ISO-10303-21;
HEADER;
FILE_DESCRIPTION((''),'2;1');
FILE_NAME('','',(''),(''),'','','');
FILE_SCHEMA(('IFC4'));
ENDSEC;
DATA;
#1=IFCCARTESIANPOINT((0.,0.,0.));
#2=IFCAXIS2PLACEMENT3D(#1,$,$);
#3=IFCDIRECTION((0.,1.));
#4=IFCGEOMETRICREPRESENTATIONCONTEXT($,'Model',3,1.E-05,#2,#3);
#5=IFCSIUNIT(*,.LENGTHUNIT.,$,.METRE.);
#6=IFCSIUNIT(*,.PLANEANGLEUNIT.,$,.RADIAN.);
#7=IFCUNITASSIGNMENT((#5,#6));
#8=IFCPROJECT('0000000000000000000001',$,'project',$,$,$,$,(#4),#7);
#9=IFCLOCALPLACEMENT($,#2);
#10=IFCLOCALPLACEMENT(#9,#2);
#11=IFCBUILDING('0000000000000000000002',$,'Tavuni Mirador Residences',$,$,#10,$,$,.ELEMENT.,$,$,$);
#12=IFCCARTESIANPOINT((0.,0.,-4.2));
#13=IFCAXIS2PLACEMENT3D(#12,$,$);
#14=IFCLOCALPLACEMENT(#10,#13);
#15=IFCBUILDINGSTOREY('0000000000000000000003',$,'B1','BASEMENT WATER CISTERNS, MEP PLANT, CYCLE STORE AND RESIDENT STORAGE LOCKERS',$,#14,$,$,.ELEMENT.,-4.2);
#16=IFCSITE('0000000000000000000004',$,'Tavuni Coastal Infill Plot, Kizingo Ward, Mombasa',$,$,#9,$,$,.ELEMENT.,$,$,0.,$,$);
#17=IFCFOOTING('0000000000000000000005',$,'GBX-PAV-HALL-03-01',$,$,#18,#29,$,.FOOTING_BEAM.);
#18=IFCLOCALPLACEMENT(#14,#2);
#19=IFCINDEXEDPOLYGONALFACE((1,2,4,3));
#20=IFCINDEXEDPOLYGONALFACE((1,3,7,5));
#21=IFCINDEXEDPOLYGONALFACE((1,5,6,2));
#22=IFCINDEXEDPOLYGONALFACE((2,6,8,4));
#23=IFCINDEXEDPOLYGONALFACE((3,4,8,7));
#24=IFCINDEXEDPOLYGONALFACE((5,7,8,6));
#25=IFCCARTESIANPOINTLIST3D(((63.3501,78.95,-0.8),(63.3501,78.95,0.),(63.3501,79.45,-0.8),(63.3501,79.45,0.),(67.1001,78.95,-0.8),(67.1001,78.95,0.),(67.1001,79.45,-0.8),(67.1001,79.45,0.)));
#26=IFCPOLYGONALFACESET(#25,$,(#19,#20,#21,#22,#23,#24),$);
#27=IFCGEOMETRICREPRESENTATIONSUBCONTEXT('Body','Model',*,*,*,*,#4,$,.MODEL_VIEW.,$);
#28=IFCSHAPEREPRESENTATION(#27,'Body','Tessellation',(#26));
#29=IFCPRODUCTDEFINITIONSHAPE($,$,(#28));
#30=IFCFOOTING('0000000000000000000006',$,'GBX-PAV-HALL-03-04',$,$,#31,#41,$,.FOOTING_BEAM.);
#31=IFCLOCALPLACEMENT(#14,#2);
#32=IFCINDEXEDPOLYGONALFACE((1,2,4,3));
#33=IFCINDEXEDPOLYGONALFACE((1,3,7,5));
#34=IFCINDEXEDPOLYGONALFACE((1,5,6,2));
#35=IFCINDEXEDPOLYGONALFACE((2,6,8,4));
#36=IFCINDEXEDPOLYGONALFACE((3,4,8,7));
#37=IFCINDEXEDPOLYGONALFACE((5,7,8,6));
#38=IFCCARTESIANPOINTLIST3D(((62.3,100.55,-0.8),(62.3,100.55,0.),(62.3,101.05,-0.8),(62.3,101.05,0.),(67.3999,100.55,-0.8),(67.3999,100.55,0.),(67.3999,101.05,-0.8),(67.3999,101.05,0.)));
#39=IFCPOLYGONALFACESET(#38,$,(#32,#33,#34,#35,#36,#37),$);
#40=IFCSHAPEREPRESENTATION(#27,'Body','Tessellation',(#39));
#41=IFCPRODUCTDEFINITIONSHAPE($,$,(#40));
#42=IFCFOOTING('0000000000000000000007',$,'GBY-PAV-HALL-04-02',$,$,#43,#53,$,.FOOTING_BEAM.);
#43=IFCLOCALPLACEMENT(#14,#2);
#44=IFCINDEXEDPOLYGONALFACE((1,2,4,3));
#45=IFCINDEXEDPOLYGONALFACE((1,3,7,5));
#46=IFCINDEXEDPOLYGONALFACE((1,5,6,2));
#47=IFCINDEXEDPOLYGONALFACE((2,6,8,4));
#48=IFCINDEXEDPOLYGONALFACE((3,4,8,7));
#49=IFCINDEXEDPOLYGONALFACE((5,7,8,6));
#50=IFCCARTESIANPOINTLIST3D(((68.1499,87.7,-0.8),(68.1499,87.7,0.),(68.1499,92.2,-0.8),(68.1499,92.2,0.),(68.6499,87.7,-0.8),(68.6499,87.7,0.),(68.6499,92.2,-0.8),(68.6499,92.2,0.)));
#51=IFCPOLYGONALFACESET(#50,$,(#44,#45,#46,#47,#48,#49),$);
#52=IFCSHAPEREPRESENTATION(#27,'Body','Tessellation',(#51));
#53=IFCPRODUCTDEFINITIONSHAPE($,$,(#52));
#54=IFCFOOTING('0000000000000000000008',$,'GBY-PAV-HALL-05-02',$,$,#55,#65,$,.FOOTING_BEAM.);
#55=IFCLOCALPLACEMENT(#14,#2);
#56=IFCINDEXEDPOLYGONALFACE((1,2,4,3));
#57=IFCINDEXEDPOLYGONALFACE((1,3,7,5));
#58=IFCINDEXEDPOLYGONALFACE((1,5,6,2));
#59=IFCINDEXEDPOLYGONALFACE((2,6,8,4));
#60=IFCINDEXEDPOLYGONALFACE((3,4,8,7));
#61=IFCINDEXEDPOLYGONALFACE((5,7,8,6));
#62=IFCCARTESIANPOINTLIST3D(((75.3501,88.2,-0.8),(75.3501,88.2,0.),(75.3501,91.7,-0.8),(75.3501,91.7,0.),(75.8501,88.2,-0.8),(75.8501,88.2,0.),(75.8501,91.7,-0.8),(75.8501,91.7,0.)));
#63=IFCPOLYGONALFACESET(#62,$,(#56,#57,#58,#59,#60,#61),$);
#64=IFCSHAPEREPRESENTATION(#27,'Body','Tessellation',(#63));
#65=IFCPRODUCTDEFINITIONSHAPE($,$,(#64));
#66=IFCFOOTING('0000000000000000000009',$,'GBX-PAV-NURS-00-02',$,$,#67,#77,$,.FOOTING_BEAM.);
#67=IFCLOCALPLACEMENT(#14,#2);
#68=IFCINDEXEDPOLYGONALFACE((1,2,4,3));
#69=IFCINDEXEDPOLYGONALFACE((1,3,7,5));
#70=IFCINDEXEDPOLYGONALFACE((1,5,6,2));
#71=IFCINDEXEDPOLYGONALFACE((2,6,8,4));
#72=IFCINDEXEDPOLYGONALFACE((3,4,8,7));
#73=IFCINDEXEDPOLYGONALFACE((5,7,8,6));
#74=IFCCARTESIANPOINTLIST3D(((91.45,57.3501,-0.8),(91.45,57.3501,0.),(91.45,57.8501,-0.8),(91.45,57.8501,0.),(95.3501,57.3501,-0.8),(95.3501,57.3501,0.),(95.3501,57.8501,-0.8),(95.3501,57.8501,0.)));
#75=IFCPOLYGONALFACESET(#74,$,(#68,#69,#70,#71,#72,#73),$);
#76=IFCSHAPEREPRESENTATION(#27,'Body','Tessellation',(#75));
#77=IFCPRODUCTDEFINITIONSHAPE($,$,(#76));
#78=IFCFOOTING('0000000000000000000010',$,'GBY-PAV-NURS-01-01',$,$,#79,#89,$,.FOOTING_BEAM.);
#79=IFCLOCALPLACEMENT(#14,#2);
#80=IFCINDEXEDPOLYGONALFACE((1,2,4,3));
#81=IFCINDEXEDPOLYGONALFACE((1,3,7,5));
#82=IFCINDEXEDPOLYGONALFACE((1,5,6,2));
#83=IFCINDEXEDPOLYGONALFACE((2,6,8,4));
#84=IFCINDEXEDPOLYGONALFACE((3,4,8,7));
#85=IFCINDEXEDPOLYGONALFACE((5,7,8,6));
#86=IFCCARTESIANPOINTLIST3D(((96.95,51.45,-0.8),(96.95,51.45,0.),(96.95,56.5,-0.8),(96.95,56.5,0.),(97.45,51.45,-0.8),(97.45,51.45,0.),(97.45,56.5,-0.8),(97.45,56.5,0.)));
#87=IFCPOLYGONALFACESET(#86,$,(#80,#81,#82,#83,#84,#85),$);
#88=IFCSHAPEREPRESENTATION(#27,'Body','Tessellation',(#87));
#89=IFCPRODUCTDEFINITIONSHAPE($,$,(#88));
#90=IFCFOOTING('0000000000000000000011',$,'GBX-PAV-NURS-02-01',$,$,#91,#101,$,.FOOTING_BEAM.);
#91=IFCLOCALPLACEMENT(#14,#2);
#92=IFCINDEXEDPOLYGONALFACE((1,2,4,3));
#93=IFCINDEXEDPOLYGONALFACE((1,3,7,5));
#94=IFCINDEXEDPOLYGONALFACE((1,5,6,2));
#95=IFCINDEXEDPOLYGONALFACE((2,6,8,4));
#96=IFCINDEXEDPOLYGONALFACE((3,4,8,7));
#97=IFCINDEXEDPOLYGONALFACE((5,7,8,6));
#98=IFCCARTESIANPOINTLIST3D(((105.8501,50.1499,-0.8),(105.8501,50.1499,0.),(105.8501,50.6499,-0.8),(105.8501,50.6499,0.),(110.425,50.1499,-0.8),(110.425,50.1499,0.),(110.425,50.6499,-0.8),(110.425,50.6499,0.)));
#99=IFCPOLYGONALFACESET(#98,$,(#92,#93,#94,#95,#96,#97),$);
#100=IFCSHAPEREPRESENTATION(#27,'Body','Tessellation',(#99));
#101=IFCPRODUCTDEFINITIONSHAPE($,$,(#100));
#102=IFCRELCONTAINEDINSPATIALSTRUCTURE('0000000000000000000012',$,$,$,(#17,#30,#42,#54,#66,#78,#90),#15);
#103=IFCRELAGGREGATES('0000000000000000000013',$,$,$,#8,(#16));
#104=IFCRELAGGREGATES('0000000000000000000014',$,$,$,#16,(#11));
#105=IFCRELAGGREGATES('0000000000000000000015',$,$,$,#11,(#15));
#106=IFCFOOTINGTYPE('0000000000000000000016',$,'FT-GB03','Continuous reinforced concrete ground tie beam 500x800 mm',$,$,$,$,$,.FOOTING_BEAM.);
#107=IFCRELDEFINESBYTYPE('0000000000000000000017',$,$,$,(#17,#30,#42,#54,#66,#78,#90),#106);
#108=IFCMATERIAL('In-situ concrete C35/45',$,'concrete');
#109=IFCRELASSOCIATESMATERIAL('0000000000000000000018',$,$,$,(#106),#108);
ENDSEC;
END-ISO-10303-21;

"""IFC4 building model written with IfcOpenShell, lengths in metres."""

from ifc_helpers import new_model, si_unit, direction, frame, origin, place, context, subcontext, project, spatial, polyline, outline, extrude, material, type_object, element, save


model = new_model("IFC4")

# Units and contexts
model_context = context("Model", 3, precision=1e-05, world=origin(), true_north=direction((0.0, 1.0)))
body_context = subcontext(model_context, "Body", "Model", "MODEL_VIEW")
ifc_project = project(units=[si_unit("LENGTHUNIT", "METRE"), si_unit("PLANEANGLEUNIT", "RADIAN")], contexts=[model_context])

# Site, building, storey
site_placement = place(None, origin())
site = spatial("IfcSite", under=ifc_project, at=site_placement, Name="Tavuni Coastal Infill Plot, Kizingo Ward, Mombasa", CompositionType="ELEMENT", RefElevation=0.0)
building_placement = place(site_placement, origin())
building = spatial("IfcBuilding", under=site, at=building_placement, Name="Tavuni Mirador Residences", CompositionType="ELEMENT")
storey_placement = place(building_placement, frame((0.0, 0.0, -4.2)))
storey = spatial("IfcBuildingStorey", under=building, at=storey_placement, Name="B1", Description="BASEMENT WATER CISTERNS, MEP PLANT, CYCLE STORE AND RESIDENT STORAGE LOCKERS", CompositionType="ELEMENT", Elevation=-4.2)

# Footings
ifc_material = material(Name="In-situ concrete C35/45", Category="concrete")
footing_type_1 = type_object("IfcFootingType", Name="FT-GB03", Description="Continuous reinforced concrete ground tie beam 500x800 mm", PredefinedType="FOOTING_BEAM", material=ifc_material)
footing_1_placement = place(storey_placement, frame((0.0, 0.0, -0.8)))
element("IfcFooting", 1, at=footing_1_placement, inside=storey, type_object=footing_type_1, Name="GBX-PAV-HALL-03-01", PredefinedType="FOOTING_BEAM", context=body_context, shape_type="SweptSolid", body=[
    extrude(outline(polyline([(63.3501, 78.95), (67.1001, 78.95), (67.1001, 79.45), (63.3501, 79.45), (63.3501, 78.95)])), origin(), (0.0, 0.0, 1.0), 0.8),
])
footing_2_placement = place(storey_placement, frame((0.0, 0.0, -0.8)))
element("IfcFooting", 2, at=footing_2_placement, inside=storey, type_object=footing_type_1, Name="GBX-PAV-HALL-03-04", PredefinedType="FOOTING_BEAM", context=body_context, shape_type="SweptSolid", body=[
    extrude(outline(polyline([(62.3, 100.55), (67.3999, 100.55), (67.3999, 101.05), (62.3, 101.05), (62.3, 100.55)])), origin(), (0.0, 0.0, 1.0), 0.8),
])
footing_3_placement = place(storey_placement, frame((0.0, 0.0, -0.8)))
element("IfcFooting", 3, at=footing_3_placement, inside=storey, type_object=footing_type_1, Name="GBY-PAV-HALL-04-02", PredefinedType="FOOTING_BEAM", context=body_context, shape_type="SweptSolid", body=[
    extrude(outline(polyline([(68.1499, 87.7), (68.6499, 87.7), (68.6499, 92.2), (68.1499, 92.2), (68.1499, 87.7)])), origin(), (0.0, 0.0, 1.0), 0.8),
])
footing_4_placement = place(storey_placement, frame((0.0, 0.0, -0.8)))
element("IfcFooting", 4, at=footing_4_placement, inside=storey, type_object=footing_type_1, Name="GBY-PAV-HALL-05-02", PredefinedType="FOOTING_BEAM", context=body_context, shape_type="SweptSolid", body=[
    extrude(outline(polyline([(75.3501, 88.2), (75.8501, 88.2), (75.8501, 91.7), (75.3501, 91.7), (75.3501, 88.2)])), origin(), (0.0, 0.0, 1.0), 0.8),
])
footing_5_placement = place(storey_placement, frame((0.0, 0.0, -0.8)))
element("IfcFooting", 5, at=footing_5_placement, inside=storey, type_object=footing_type_1, Name="GBX-PAV-NURS-00-02", PredefinedType="FOOTING_BEAM", context=body_context, shape_type="SweptSolid", body=[
    extrude(outline(polyline([(91.45, 57.3501), (95.3501, 57.3501), (95.3501, 57.8501), (91.45, 57.8501), (91.45, 57.3501)])), origin(), (0.0, 0.0, 1.0), 0.8),
])
footing_6_placement = place(storey_placement, frame((0.0, 0.0, -0.8)))
element("IfcFooting", 6, at=footing_6_placement, inside=storey, type_object=footing_type_1, Name="GBY-PAV-NURS-01-01", PredefinedType="FOOTING_BEAM", context=body_context, shape_type="SweptSolid", body=[
    extrude(outline(polyline([(96.95, 51.45), (97.45, 51.45), (97.45, 56.5), (96.95, 56.5), (96.95, 51.45)])), origin(), (0.0, 0.0, 1.0), 0.8),
])
footing_7_placement = place(storey_placement, frame((0.0, 0.0, -0.8)))
element("IfcFooting", 7, at=footing_7_placement, inside=storey, type_object=footing_type_1, Name="GBX-PAV-NURS-02-01", PredefinedType="FOOTING_BEAM", context=body_context, shape_type="SweptSolid", body=[
    extrude(outline(polyline([(105.8501, 50.1499), (110.425, 50.1499), (110.425, 50.6499), (105.8501, 50.6499), (105.8501, 50.1499)])), origin(), (0.0, 0.0, 1.0), 0.8),
])

save(model, "model.ifc")
